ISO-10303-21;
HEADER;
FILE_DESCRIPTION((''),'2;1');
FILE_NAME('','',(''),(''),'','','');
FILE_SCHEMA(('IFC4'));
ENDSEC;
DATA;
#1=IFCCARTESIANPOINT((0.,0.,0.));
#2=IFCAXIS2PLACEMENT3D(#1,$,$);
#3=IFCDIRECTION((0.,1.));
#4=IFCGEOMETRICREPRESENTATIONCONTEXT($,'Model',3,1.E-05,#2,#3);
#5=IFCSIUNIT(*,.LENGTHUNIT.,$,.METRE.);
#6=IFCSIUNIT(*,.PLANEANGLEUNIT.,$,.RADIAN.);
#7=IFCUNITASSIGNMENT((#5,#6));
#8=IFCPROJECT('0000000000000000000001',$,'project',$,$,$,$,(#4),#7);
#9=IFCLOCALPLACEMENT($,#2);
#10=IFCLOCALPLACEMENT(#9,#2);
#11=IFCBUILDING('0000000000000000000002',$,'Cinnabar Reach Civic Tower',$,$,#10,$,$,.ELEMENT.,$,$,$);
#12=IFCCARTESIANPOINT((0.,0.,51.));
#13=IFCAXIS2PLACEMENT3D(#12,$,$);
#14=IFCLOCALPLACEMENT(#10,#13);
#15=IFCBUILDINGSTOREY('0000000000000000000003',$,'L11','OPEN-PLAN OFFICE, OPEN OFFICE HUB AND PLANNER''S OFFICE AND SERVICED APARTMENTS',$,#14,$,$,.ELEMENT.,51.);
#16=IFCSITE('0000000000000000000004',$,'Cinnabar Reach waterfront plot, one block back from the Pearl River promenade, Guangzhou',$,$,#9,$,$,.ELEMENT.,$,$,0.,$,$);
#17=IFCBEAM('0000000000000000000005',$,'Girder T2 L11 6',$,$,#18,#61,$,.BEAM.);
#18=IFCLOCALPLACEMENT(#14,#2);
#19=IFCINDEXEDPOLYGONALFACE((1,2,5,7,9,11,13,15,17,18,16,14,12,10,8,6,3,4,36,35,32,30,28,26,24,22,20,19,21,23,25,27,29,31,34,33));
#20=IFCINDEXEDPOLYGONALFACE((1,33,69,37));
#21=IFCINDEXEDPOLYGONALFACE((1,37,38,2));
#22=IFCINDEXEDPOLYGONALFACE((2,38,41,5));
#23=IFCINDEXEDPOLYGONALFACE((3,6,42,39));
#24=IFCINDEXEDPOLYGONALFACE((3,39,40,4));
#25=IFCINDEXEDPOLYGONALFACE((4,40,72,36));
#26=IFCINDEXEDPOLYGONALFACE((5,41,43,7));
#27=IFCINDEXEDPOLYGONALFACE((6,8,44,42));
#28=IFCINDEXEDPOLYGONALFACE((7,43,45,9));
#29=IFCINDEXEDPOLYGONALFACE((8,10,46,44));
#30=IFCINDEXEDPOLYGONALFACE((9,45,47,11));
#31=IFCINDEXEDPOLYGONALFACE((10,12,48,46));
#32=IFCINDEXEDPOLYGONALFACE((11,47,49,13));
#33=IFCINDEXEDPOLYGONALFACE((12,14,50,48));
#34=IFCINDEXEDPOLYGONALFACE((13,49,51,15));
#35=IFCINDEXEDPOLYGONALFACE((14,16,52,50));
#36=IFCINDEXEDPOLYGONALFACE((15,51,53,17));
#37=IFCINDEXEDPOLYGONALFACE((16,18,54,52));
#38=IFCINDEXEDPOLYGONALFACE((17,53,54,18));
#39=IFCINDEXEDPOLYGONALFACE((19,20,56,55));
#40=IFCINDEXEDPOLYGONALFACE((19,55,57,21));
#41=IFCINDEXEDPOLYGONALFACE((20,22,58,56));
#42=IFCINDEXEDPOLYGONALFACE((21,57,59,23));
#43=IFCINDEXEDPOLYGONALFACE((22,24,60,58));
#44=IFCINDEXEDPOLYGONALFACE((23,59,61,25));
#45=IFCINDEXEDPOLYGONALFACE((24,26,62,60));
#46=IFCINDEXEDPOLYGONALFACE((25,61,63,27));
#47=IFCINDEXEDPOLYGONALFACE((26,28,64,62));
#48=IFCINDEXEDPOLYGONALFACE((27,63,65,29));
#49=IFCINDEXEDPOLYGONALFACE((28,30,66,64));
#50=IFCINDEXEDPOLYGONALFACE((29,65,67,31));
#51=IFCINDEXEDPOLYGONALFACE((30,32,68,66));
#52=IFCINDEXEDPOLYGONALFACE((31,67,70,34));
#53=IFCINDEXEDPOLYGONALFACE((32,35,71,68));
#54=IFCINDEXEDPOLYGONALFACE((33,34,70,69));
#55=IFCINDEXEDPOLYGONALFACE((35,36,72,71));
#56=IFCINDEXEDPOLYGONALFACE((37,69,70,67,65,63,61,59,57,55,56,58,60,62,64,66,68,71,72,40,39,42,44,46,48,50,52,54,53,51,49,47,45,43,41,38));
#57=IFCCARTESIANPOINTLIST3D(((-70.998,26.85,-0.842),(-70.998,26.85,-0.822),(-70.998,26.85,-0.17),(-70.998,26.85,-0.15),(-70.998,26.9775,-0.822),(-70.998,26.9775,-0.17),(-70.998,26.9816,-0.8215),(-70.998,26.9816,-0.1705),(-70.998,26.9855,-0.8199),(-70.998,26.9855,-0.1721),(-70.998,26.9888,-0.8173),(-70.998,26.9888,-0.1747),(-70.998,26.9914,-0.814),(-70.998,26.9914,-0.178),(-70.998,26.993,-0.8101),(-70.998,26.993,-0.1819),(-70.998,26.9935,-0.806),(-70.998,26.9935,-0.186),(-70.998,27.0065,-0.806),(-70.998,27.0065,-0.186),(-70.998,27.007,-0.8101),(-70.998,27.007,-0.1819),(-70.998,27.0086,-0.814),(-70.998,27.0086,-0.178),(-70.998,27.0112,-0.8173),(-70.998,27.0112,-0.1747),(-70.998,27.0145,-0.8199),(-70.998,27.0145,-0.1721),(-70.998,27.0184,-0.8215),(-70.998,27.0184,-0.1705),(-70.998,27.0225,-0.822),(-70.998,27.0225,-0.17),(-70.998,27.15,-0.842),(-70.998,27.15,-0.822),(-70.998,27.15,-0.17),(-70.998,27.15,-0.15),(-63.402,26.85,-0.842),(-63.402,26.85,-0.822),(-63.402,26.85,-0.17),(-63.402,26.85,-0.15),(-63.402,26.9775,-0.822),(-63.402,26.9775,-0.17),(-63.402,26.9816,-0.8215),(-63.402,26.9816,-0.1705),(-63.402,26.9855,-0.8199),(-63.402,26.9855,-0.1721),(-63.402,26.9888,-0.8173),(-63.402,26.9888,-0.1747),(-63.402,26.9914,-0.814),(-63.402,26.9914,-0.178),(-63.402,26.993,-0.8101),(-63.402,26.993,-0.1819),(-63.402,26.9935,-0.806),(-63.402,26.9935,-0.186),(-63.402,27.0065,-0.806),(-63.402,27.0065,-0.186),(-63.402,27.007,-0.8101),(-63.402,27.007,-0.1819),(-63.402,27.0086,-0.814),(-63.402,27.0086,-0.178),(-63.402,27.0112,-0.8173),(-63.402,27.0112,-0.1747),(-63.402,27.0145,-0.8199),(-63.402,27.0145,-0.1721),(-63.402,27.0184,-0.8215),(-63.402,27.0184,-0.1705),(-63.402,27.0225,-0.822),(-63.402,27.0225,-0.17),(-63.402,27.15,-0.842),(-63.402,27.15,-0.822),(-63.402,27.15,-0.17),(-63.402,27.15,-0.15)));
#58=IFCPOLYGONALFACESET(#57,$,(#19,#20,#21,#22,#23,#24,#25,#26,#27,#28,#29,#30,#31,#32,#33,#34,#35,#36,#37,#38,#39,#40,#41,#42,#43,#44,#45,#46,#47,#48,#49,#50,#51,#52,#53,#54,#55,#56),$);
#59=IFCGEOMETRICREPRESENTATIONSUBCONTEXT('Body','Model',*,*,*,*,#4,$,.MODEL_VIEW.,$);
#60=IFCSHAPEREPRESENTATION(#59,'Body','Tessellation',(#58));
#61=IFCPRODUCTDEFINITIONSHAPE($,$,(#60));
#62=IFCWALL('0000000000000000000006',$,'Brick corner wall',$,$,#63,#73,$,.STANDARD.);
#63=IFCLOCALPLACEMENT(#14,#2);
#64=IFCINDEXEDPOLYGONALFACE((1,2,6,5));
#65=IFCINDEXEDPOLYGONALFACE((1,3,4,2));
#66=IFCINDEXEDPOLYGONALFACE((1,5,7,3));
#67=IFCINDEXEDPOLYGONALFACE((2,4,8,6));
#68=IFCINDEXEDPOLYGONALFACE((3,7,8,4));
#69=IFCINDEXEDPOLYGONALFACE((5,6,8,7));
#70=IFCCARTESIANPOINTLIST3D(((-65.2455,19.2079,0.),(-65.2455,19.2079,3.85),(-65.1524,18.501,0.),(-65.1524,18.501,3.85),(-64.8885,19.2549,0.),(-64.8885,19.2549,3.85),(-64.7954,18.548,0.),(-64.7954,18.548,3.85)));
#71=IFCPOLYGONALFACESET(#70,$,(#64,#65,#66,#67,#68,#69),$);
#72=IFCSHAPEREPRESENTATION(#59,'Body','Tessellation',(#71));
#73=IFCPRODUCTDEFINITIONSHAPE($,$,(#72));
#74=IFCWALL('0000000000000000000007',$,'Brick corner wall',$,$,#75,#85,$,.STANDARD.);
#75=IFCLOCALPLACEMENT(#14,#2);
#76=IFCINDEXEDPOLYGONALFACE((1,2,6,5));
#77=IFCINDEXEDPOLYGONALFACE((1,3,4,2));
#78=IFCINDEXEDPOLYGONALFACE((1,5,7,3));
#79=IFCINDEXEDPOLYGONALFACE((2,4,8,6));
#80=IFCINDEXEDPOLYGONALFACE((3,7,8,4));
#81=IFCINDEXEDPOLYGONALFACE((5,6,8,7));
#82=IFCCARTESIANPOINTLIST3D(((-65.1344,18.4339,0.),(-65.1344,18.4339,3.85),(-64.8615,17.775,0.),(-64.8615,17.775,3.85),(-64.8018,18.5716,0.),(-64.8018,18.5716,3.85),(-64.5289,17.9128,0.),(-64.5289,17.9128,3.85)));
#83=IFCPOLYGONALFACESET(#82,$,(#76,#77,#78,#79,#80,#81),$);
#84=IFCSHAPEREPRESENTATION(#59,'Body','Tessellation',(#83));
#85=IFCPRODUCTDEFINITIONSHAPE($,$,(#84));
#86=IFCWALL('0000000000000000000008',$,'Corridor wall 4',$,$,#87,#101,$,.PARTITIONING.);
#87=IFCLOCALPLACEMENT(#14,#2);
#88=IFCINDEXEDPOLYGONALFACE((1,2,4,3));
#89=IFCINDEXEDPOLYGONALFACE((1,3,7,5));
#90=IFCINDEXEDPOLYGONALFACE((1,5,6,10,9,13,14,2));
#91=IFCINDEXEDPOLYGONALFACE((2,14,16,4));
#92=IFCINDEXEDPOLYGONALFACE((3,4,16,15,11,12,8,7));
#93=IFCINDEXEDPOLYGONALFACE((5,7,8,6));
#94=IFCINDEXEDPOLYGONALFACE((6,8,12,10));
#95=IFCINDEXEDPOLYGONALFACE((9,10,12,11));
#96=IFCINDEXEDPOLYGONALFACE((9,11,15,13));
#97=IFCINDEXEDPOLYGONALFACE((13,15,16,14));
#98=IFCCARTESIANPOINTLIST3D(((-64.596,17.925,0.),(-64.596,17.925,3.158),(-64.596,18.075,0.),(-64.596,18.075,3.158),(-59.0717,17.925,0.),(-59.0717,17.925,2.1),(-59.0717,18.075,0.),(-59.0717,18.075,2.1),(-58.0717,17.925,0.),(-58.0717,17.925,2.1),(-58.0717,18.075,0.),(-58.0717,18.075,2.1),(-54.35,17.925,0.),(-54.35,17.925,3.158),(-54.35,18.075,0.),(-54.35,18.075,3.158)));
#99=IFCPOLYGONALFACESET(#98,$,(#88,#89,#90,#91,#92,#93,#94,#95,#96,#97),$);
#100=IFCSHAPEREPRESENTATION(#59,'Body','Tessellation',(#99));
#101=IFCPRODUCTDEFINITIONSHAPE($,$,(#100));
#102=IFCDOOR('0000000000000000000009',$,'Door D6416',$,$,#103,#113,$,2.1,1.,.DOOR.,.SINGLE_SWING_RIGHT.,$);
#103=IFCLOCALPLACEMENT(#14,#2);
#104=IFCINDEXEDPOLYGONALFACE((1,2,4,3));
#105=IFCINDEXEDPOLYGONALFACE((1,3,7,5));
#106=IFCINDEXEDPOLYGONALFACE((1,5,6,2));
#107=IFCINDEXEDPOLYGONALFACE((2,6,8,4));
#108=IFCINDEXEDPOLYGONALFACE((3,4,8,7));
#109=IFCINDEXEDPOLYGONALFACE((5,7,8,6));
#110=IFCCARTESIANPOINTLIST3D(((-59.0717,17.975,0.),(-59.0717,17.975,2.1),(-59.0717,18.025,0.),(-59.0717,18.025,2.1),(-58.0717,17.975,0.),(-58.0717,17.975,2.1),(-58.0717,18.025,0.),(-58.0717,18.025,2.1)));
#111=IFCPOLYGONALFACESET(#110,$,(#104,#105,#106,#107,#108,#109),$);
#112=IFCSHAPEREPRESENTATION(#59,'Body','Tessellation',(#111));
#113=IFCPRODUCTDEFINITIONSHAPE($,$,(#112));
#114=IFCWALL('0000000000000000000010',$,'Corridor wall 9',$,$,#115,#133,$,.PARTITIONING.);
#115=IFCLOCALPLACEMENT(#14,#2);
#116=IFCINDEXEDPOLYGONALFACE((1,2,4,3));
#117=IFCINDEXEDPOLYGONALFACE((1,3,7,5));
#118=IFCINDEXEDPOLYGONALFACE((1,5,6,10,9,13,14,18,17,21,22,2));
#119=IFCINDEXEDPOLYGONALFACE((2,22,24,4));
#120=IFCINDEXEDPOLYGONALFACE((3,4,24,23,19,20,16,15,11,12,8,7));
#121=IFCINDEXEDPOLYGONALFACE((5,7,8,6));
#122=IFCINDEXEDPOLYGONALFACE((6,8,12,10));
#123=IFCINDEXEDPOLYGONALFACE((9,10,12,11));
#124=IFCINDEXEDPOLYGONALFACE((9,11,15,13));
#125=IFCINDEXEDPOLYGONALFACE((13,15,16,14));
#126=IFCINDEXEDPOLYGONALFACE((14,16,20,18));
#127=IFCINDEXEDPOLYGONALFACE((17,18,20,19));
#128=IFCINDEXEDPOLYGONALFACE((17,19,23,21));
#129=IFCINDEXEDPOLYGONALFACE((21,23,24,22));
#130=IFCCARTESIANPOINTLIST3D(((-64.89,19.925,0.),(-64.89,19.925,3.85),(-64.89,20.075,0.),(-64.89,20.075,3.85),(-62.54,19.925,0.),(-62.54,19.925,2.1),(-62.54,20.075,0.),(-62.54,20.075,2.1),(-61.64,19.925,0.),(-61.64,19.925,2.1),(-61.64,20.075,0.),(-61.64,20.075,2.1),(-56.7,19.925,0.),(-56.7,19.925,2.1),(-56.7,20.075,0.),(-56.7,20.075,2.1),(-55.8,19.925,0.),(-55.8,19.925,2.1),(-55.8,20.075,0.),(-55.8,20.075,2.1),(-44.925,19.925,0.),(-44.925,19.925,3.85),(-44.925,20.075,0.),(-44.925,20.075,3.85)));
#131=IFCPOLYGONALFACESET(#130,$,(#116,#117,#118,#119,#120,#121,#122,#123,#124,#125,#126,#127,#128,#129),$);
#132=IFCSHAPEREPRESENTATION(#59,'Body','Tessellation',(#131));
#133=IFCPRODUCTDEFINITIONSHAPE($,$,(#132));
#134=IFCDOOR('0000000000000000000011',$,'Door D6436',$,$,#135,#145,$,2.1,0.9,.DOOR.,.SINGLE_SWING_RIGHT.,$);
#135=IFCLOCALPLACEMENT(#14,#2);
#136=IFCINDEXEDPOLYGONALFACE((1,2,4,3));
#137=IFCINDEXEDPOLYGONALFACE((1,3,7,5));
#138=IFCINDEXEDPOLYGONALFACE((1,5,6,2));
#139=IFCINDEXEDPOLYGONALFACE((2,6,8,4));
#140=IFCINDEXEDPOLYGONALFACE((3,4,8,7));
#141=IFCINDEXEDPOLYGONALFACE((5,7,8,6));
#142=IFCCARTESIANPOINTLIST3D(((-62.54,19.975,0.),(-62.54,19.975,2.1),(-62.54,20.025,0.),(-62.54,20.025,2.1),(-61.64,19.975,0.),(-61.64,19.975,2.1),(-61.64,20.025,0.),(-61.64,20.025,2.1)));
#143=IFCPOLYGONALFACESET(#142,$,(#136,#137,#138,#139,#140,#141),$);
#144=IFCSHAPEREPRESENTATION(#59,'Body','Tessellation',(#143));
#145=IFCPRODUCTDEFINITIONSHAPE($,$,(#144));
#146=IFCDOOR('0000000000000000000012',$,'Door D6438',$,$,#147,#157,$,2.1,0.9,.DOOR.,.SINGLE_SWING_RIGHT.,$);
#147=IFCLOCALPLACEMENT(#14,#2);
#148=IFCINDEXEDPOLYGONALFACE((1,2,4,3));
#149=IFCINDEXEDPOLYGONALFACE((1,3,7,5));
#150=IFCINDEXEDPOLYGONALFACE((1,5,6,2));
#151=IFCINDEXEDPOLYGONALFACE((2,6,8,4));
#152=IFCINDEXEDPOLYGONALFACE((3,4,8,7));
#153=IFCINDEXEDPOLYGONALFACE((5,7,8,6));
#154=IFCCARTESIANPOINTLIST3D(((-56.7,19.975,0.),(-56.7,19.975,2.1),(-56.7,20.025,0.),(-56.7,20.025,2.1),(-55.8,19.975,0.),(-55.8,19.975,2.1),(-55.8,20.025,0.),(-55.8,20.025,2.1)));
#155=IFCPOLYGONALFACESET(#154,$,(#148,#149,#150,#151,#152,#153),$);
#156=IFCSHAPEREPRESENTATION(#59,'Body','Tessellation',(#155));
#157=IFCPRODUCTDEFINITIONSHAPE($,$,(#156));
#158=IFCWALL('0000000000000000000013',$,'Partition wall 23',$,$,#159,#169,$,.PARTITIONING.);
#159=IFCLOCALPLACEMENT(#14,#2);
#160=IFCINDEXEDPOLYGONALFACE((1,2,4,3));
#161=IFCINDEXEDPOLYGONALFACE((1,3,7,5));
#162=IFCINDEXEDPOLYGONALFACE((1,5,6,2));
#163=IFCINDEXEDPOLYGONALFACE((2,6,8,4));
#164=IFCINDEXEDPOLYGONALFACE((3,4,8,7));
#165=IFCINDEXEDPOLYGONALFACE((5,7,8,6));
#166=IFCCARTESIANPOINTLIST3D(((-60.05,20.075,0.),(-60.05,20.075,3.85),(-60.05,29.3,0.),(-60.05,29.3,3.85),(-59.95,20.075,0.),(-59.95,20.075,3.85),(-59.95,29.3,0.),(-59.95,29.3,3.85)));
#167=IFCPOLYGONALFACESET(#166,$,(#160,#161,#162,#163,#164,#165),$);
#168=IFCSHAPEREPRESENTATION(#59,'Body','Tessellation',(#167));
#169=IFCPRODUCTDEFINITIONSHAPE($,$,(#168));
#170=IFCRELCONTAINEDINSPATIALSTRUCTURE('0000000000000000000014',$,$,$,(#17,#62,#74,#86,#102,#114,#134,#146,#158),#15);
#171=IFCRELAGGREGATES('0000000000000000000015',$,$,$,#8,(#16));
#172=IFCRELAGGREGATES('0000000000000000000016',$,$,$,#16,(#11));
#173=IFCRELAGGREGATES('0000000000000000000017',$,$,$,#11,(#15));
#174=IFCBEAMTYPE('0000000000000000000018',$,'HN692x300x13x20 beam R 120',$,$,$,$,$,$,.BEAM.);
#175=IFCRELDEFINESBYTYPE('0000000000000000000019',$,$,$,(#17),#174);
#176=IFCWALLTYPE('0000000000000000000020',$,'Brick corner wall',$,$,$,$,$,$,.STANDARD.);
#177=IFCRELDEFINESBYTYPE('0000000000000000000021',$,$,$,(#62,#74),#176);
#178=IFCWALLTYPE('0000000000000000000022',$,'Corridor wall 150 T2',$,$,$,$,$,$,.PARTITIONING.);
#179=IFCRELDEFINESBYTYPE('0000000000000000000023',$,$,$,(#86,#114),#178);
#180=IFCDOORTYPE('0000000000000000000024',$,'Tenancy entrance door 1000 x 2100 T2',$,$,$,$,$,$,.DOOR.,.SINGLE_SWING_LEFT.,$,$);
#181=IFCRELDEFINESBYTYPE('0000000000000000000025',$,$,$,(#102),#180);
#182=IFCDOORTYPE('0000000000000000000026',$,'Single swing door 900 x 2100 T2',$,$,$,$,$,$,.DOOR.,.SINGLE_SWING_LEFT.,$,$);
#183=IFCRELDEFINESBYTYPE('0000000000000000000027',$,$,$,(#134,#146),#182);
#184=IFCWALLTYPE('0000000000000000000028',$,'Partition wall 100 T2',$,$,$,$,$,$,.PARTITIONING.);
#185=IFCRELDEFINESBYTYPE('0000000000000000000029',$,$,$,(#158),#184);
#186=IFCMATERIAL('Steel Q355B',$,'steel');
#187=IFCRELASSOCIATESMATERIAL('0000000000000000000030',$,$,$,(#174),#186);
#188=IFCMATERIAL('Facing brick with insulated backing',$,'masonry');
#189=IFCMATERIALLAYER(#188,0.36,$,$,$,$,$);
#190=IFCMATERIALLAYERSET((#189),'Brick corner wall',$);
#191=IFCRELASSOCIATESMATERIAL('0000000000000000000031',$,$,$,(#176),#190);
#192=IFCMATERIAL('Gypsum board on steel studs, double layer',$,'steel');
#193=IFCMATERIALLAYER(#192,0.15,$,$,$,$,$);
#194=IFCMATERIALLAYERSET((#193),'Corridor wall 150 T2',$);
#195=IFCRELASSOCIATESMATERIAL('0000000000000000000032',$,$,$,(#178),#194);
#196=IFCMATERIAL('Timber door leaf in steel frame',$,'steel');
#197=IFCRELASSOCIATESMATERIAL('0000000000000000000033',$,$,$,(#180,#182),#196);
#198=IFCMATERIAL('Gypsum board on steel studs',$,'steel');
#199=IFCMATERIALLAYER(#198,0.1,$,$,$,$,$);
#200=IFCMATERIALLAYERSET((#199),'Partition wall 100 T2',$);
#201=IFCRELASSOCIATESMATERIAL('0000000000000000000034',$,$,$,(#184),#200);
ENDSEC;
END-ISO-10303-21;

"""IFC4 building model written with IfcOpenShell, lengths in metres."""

from ifc_helpers import new_model, si_unit, direction, frame, frame_2d, origin, origin_2d, place, context, subcontext, project, spatial, rectangle, i_section, extrude, material, layer, layer_set, material_profile, profile_set, type_object, element, fill, save


model = new_model("IFC4")

# Units and contexts
model_context = context("Model", 3, precision=1e-05, world=origin(), true_north=direction((0.0, 1.0)))
body_context = subcontext(model_context, "Body", "Model", "MODEL_VIEW")
ifc_project = project(units=[si_unit("LENGTHUNIT", "METRE"), si_unit("PLANEANGLEUNIT", "RADIAN")], contexts=[model_context])

# Site, building, storey
site_placement = place(None, origin())
site = spatial("IfcSite", under=ifc_project, at=site_placement, Name="Cinnabar Reach waterfront plot, one block back from the Pearl River promenade, Guangzhou", CompositionType="ELEMENT", RefElevation=0.0)
building_placement = place(site_placement, origin())
building = spatial("IfcBuilding", under=site, at=building_placement, Name="Cinnabar Reach Civic Tower", CompositionType="ELEMENT")
storey_placement = place(building_placement, frame((0.0, 0.0, 51.0)))
storey = spatial("IfcBuildingStorey", under=building, at=storey_placement, Name="L11", Description="OPEN-PLAN OFFICE, OPEN OFFICE HUB AND PLANNER'S OFFICE AND SERVICED APARTMENTS", CompositionType="ELEMENT", Elevation=51.0)

# Beam
ifc_material_1 = material(Name="Steel Q355B", Category="steel")
ifc_material_profile_1 = material_profile(ifc_material_1, i_section(OverallWidth=0.3, OverallDepth=0.692, WebThickness=0.013, FlangeThickness=0.02, FilletRadius=0.016, at=origin_2d()), Name="HN692x300x13x20")
ifc_profile_set_1 = profile_set([ifc_material_profile_1], Name="Steel Q355B")
beam_type_1 = type_object("IfcBeamType", Name="HN692x300x13x20 beam R 120", PredefinedType="BEAM", material=ifc_profile_set_1)
beam_1_placement = place(storey_placement, frame((-70.998, 27.0, -0.496), z_axis=(1.0, 0.0, 0.0), x_axis=(0.0, 1.0, 0.0)))
element("IfcBeam", 1, at=beam_1_placement, inside=storey, type_object=beam_type_1, Name="Girder T2 L11 6", PredefinedType="BEAM", context=body_context, shape_type="SweptSolid", body=[
    extrude(i_section(OverallWidth=0.3, OverallDepth=0.692, WebThickness=0.013, FlangeThickness=0.02, FilletRadius=0.016, at=origin_2d()), origin(), (0.0, 0.0, 1.0), 7.596),
])

# Walls
ifc_material_2 = material(Name="Facing brick with insulated backing", Category="masonry")
ifc_layer_1 = layer(ifc_material_2, 0.36)
ifc_layer_set_1 = layer_set([ifc_layer_1], Name="Brick corner wall")
wall_type_1 = type_object("IfcWallType", Name="Brick corner wall", PredefinedType="STANDARD", material=ifc_layer_set_1)
for number, where, z_axis, x_axis, name in (
    (2, (-65.067, 19.2314, 0.0), (0.0, 0.0, 1.0), (0.130556, -0.991441, 0.0), "Brick corner wall"),
    (3, (-64.9681, 18.5027, 0.0), (0.0, 0.0, 1.0), (0.382703, -0.923872, 0.0), "Brick corner wall"),
):
    element("IfcWall", number, at=place(storey_placement, frame(where, z_axis=z_axis, x_axis=x_axis)), inside=storey, type_object=wall_type_1, Name=name, PredefinedType="STANDARD", context=body_context, shape_type="SweptSolid", body=[
        extrude(rectangle(XDim=0.7131, YDim=0.36, at=frame_2d((0.3565, 0.0))), origin(), (0.0, 0.0, 1.0), 3.85),
    ])

# Wall, opening, door
ifc_material_3 = material(Name="Gypsum board on steel studs, double layer", Category="steel")
ifc_layer_2 = layer(ifc_material_3, 0.15)
ifc_layer_set_2 = layer_set([ifc_layer_2], Name="Corridor wall 150 T2")
wall_type_2 = type_object("IfcWallType", Name="Corridor wall 150 T2", PredefinedType="PARTITIONING", material=ifc_layer_set_2)
wall_1_placement = place(storey_placement, frame((-64.5961, 18.0, 0.0), z_axis=(0.0, 0.0, 1.0), x_axis=(1.0, 0.0, 0.0)))
wall_1 = element("IfcWall", 4, at=wall_1_placement, inside=storey, type_object=wall_type_2, Name="Corridor wall 4", PredefinedType="PARTITIONING", context=body_context, shape_type="SweptSolid", body=[
    extrude(rectangle(XDim=10.2461, YDim=0.15, at=frame_2d((5.1231, 0.0))), origin(), (0.0, 0.0, 1.0), 3.158),
])
opening_1_placement = place(wall_1_placement, frame((5.5244, 0.0, 0.0)))
opening_1 = element("IfcOpeningElement", 5, at=opening_1_placement, cuts=wall_1, PredefinedType="OPENING", context=body_context, shape_type="SweptSolid", body=[
    extrude(rectangle(XDim=1.0, YDim=2.1, at=frame_2d((0.5, 1.05))), frame((0.0, 0.085, 0.0), z_axis=(0.0, -1.0, 0.0), x_axis=(1.0, 0.0, 0.0)), (0.0, 0.0, 1.0), 0.17),
])
ifc_material_4 = material(Name="Timber door leaf in steel frame", Category="steel")
door_type_1 = type_object("IfcDoorType", Name="Tenancy entrance door 1000 x 2100 T2", OperationType="SINGLE_SWING_LEFT", PredefinedType="DOOR", material=ifc_material_4)
door_1_placement = place(opening_1_placement, frame((1.0, 0.0, 0.0), z_axis=(0.0, 0.0, 1.0), x_axis=(-1.0, 0.0, 0.0)))
door_1 = element("IfcDoor", 6, at=door_1_placement, inside=storey, type_object=door_type_1, Name="Door D6416", OperationType="SINGLE_SWING_RIGHT", OverallHeight=2.1, OverallWidth=1.0, PredefinedType="DOOR", context=body_context, shape_type="SweptSolid", body=[
    extrude(rectangle(XDim=1.0, YDim=2.1, at=frame_2d((0.5, 1.05))), frame((0.0, 0.025, 0.0), z_axis=(0.0, -1.0, 0.0), x_axis=(1.0, 0.0, 0.0)), (0.0, 0.0, 1.0), 0.05),
])
fill(opening_1, door_1)

# Wall, openings, doors
wall_2_placement = place(storey_placement, frame((-64.89, 20.0, 0.0), z_axis=(0.0, 0.0, 1.0), x_axis=(1.0, 0.0, 0.0)))
wall_2 = element("IfcWall", 7, at=wall_2_placement, inside=storey, type_object=wall_type_2, Name="Corridor wall 9", PredefinedType="PARTITIONING", context=body_context, shape_type="SweptSolid", body=[
    extrude(rectangle(XDim=19.965, YDim=0.15, at=frame_2d((9.9825, 0.0))), origin(), (0.0, 0.0, 1.0), 3.85),
])
opening_2_placement = place(wall_2_placement, frame((2.35, 0.0, 0.0)))
opening_2 = element("IfcOpeningElement", 8, at=opening_2_placement, cuts=wall_2, PredefinedType="OPENING", context=body_context, shape_type="SweptSolid", body=[
    extrude(rectangle(XDim=0.9, YDim=2.1, at=frame_2d((0.45, 1.05))), frame((0.0, 0.085, 0.0), z_axis=(0.0, -1.0, 0.0), x_axis=(1.0, 0.0, 0.0)), (0.0, 0.0, 1.0), 0.17),
])
opening_3_placement = place(wall_2_placement, frame((8.19, 0.0, 0.0)))
opening_3 = element("IfcOpeningElement", 9, at=opening_3_placement, cuts=wall_2, PredefinedType="OPENING", context=body_context, shape_type="SweptSolid", body=[
    extrude(rectangle(XDim=0.9, YDim=2.1, at=frame_2d((0.45, 1.05))), frame((0.0, 0.085, 0.0), z_axis=(0.0, -1.0, 0.0), x_axis=(1.0, 0.0, 0.0)), (0.0, 0.0, 1.0), 0.17),
])
door_type_2 = type_object("IfcDoorType", Name="Single swing door 900 x 2100 T2", OperationType="SINGLE_SWING_LEFT", PredefinedType="DOOR", material=ifc_material_4)
door_2_placement = place(opening_2_placement, origin())
door_2 = element("IfcDoor", 10, at=door_2_placement, inside=storey, type_object=door_type_2, Name="Door D6436", OperationType="SINGLE_SWING_RIGHT", OverallHeight=2.1, OverallWidth=0.9, PredefinedType="DOOR", context=body_context, shape_type="SweptSolid", body=[
    extrude(rectangle(XDim=0.9, YDim=2.1, at=frame_2d((0.45, 1.05))), frame((0.0, 0.025, 0.0), z_axis=(0.0, -1.0, 0.0), x_axis=(1.0, 0.0, 0.0)), (0.0, 0.0, 1.0), 0.05),
])
fill(opening_2, door_2)
door_3_placement = place(opening_3_placement, origin())
door_3 = element("IfcDoor", 11, at=door_3_placement, inside=storey, type_object=door_type_2, Name="Door D6438", OperationType="SINGLE_SWING_RIGHT", OverallHeight=2.1, OverallWidth=0.9, PredefinedType="DOOR", context=body_context, shape_type="SweptSolid", body=[
    extrude(rectangle(XDim=0.9, YDim=2.1, at=frame_2d((0.45, 1.05))), frame((0.0, 0.025, 0.0), z_axis=(0.0, -1.0, 0.0), x_axis=(1.0, 0.0, 0.0)), (0.0, 0.0, 1.0), 0.05),
])
fill(opening_3, door_3)

# Wall
ifc_material_5 = material(Name="Gypsum board on steel studs", Category="steel")
ifc_layer_3 = layer(ifc_material_5, 0.1)
ifc_layer_set_3 = layer_set([ifc_layer_3], Name="Partition wall 100 T2")
wall_type_3 = type_object("IfcWallType", Name="Partition wall 100 T2", PredefinedType="PARTITIONING", material=ifc_layer_set_3)
wall_3_placement = place(storey_placement, frame((-60.0, 20.075, 0.0), z_axis=(0.0, 0.0, 1.0), x_axis=(0.0, 1.0, 0.0)))
element("IfcWall", 12, at=wall_3_placement, inside=storey, type_object=wall_type_3, Name="Partition wall 23", PredefinedType="PARTITIONING", context=body_context, shape_type="SweptSolid", body=[
    extrude(rectangle(XDim=9.225, YDim=0.1, at=frame_2d((4.6125, 0.0))), origin(), (0.0, 0.0, 1.0), 3.85),
])

save(model, "model.ifc")
